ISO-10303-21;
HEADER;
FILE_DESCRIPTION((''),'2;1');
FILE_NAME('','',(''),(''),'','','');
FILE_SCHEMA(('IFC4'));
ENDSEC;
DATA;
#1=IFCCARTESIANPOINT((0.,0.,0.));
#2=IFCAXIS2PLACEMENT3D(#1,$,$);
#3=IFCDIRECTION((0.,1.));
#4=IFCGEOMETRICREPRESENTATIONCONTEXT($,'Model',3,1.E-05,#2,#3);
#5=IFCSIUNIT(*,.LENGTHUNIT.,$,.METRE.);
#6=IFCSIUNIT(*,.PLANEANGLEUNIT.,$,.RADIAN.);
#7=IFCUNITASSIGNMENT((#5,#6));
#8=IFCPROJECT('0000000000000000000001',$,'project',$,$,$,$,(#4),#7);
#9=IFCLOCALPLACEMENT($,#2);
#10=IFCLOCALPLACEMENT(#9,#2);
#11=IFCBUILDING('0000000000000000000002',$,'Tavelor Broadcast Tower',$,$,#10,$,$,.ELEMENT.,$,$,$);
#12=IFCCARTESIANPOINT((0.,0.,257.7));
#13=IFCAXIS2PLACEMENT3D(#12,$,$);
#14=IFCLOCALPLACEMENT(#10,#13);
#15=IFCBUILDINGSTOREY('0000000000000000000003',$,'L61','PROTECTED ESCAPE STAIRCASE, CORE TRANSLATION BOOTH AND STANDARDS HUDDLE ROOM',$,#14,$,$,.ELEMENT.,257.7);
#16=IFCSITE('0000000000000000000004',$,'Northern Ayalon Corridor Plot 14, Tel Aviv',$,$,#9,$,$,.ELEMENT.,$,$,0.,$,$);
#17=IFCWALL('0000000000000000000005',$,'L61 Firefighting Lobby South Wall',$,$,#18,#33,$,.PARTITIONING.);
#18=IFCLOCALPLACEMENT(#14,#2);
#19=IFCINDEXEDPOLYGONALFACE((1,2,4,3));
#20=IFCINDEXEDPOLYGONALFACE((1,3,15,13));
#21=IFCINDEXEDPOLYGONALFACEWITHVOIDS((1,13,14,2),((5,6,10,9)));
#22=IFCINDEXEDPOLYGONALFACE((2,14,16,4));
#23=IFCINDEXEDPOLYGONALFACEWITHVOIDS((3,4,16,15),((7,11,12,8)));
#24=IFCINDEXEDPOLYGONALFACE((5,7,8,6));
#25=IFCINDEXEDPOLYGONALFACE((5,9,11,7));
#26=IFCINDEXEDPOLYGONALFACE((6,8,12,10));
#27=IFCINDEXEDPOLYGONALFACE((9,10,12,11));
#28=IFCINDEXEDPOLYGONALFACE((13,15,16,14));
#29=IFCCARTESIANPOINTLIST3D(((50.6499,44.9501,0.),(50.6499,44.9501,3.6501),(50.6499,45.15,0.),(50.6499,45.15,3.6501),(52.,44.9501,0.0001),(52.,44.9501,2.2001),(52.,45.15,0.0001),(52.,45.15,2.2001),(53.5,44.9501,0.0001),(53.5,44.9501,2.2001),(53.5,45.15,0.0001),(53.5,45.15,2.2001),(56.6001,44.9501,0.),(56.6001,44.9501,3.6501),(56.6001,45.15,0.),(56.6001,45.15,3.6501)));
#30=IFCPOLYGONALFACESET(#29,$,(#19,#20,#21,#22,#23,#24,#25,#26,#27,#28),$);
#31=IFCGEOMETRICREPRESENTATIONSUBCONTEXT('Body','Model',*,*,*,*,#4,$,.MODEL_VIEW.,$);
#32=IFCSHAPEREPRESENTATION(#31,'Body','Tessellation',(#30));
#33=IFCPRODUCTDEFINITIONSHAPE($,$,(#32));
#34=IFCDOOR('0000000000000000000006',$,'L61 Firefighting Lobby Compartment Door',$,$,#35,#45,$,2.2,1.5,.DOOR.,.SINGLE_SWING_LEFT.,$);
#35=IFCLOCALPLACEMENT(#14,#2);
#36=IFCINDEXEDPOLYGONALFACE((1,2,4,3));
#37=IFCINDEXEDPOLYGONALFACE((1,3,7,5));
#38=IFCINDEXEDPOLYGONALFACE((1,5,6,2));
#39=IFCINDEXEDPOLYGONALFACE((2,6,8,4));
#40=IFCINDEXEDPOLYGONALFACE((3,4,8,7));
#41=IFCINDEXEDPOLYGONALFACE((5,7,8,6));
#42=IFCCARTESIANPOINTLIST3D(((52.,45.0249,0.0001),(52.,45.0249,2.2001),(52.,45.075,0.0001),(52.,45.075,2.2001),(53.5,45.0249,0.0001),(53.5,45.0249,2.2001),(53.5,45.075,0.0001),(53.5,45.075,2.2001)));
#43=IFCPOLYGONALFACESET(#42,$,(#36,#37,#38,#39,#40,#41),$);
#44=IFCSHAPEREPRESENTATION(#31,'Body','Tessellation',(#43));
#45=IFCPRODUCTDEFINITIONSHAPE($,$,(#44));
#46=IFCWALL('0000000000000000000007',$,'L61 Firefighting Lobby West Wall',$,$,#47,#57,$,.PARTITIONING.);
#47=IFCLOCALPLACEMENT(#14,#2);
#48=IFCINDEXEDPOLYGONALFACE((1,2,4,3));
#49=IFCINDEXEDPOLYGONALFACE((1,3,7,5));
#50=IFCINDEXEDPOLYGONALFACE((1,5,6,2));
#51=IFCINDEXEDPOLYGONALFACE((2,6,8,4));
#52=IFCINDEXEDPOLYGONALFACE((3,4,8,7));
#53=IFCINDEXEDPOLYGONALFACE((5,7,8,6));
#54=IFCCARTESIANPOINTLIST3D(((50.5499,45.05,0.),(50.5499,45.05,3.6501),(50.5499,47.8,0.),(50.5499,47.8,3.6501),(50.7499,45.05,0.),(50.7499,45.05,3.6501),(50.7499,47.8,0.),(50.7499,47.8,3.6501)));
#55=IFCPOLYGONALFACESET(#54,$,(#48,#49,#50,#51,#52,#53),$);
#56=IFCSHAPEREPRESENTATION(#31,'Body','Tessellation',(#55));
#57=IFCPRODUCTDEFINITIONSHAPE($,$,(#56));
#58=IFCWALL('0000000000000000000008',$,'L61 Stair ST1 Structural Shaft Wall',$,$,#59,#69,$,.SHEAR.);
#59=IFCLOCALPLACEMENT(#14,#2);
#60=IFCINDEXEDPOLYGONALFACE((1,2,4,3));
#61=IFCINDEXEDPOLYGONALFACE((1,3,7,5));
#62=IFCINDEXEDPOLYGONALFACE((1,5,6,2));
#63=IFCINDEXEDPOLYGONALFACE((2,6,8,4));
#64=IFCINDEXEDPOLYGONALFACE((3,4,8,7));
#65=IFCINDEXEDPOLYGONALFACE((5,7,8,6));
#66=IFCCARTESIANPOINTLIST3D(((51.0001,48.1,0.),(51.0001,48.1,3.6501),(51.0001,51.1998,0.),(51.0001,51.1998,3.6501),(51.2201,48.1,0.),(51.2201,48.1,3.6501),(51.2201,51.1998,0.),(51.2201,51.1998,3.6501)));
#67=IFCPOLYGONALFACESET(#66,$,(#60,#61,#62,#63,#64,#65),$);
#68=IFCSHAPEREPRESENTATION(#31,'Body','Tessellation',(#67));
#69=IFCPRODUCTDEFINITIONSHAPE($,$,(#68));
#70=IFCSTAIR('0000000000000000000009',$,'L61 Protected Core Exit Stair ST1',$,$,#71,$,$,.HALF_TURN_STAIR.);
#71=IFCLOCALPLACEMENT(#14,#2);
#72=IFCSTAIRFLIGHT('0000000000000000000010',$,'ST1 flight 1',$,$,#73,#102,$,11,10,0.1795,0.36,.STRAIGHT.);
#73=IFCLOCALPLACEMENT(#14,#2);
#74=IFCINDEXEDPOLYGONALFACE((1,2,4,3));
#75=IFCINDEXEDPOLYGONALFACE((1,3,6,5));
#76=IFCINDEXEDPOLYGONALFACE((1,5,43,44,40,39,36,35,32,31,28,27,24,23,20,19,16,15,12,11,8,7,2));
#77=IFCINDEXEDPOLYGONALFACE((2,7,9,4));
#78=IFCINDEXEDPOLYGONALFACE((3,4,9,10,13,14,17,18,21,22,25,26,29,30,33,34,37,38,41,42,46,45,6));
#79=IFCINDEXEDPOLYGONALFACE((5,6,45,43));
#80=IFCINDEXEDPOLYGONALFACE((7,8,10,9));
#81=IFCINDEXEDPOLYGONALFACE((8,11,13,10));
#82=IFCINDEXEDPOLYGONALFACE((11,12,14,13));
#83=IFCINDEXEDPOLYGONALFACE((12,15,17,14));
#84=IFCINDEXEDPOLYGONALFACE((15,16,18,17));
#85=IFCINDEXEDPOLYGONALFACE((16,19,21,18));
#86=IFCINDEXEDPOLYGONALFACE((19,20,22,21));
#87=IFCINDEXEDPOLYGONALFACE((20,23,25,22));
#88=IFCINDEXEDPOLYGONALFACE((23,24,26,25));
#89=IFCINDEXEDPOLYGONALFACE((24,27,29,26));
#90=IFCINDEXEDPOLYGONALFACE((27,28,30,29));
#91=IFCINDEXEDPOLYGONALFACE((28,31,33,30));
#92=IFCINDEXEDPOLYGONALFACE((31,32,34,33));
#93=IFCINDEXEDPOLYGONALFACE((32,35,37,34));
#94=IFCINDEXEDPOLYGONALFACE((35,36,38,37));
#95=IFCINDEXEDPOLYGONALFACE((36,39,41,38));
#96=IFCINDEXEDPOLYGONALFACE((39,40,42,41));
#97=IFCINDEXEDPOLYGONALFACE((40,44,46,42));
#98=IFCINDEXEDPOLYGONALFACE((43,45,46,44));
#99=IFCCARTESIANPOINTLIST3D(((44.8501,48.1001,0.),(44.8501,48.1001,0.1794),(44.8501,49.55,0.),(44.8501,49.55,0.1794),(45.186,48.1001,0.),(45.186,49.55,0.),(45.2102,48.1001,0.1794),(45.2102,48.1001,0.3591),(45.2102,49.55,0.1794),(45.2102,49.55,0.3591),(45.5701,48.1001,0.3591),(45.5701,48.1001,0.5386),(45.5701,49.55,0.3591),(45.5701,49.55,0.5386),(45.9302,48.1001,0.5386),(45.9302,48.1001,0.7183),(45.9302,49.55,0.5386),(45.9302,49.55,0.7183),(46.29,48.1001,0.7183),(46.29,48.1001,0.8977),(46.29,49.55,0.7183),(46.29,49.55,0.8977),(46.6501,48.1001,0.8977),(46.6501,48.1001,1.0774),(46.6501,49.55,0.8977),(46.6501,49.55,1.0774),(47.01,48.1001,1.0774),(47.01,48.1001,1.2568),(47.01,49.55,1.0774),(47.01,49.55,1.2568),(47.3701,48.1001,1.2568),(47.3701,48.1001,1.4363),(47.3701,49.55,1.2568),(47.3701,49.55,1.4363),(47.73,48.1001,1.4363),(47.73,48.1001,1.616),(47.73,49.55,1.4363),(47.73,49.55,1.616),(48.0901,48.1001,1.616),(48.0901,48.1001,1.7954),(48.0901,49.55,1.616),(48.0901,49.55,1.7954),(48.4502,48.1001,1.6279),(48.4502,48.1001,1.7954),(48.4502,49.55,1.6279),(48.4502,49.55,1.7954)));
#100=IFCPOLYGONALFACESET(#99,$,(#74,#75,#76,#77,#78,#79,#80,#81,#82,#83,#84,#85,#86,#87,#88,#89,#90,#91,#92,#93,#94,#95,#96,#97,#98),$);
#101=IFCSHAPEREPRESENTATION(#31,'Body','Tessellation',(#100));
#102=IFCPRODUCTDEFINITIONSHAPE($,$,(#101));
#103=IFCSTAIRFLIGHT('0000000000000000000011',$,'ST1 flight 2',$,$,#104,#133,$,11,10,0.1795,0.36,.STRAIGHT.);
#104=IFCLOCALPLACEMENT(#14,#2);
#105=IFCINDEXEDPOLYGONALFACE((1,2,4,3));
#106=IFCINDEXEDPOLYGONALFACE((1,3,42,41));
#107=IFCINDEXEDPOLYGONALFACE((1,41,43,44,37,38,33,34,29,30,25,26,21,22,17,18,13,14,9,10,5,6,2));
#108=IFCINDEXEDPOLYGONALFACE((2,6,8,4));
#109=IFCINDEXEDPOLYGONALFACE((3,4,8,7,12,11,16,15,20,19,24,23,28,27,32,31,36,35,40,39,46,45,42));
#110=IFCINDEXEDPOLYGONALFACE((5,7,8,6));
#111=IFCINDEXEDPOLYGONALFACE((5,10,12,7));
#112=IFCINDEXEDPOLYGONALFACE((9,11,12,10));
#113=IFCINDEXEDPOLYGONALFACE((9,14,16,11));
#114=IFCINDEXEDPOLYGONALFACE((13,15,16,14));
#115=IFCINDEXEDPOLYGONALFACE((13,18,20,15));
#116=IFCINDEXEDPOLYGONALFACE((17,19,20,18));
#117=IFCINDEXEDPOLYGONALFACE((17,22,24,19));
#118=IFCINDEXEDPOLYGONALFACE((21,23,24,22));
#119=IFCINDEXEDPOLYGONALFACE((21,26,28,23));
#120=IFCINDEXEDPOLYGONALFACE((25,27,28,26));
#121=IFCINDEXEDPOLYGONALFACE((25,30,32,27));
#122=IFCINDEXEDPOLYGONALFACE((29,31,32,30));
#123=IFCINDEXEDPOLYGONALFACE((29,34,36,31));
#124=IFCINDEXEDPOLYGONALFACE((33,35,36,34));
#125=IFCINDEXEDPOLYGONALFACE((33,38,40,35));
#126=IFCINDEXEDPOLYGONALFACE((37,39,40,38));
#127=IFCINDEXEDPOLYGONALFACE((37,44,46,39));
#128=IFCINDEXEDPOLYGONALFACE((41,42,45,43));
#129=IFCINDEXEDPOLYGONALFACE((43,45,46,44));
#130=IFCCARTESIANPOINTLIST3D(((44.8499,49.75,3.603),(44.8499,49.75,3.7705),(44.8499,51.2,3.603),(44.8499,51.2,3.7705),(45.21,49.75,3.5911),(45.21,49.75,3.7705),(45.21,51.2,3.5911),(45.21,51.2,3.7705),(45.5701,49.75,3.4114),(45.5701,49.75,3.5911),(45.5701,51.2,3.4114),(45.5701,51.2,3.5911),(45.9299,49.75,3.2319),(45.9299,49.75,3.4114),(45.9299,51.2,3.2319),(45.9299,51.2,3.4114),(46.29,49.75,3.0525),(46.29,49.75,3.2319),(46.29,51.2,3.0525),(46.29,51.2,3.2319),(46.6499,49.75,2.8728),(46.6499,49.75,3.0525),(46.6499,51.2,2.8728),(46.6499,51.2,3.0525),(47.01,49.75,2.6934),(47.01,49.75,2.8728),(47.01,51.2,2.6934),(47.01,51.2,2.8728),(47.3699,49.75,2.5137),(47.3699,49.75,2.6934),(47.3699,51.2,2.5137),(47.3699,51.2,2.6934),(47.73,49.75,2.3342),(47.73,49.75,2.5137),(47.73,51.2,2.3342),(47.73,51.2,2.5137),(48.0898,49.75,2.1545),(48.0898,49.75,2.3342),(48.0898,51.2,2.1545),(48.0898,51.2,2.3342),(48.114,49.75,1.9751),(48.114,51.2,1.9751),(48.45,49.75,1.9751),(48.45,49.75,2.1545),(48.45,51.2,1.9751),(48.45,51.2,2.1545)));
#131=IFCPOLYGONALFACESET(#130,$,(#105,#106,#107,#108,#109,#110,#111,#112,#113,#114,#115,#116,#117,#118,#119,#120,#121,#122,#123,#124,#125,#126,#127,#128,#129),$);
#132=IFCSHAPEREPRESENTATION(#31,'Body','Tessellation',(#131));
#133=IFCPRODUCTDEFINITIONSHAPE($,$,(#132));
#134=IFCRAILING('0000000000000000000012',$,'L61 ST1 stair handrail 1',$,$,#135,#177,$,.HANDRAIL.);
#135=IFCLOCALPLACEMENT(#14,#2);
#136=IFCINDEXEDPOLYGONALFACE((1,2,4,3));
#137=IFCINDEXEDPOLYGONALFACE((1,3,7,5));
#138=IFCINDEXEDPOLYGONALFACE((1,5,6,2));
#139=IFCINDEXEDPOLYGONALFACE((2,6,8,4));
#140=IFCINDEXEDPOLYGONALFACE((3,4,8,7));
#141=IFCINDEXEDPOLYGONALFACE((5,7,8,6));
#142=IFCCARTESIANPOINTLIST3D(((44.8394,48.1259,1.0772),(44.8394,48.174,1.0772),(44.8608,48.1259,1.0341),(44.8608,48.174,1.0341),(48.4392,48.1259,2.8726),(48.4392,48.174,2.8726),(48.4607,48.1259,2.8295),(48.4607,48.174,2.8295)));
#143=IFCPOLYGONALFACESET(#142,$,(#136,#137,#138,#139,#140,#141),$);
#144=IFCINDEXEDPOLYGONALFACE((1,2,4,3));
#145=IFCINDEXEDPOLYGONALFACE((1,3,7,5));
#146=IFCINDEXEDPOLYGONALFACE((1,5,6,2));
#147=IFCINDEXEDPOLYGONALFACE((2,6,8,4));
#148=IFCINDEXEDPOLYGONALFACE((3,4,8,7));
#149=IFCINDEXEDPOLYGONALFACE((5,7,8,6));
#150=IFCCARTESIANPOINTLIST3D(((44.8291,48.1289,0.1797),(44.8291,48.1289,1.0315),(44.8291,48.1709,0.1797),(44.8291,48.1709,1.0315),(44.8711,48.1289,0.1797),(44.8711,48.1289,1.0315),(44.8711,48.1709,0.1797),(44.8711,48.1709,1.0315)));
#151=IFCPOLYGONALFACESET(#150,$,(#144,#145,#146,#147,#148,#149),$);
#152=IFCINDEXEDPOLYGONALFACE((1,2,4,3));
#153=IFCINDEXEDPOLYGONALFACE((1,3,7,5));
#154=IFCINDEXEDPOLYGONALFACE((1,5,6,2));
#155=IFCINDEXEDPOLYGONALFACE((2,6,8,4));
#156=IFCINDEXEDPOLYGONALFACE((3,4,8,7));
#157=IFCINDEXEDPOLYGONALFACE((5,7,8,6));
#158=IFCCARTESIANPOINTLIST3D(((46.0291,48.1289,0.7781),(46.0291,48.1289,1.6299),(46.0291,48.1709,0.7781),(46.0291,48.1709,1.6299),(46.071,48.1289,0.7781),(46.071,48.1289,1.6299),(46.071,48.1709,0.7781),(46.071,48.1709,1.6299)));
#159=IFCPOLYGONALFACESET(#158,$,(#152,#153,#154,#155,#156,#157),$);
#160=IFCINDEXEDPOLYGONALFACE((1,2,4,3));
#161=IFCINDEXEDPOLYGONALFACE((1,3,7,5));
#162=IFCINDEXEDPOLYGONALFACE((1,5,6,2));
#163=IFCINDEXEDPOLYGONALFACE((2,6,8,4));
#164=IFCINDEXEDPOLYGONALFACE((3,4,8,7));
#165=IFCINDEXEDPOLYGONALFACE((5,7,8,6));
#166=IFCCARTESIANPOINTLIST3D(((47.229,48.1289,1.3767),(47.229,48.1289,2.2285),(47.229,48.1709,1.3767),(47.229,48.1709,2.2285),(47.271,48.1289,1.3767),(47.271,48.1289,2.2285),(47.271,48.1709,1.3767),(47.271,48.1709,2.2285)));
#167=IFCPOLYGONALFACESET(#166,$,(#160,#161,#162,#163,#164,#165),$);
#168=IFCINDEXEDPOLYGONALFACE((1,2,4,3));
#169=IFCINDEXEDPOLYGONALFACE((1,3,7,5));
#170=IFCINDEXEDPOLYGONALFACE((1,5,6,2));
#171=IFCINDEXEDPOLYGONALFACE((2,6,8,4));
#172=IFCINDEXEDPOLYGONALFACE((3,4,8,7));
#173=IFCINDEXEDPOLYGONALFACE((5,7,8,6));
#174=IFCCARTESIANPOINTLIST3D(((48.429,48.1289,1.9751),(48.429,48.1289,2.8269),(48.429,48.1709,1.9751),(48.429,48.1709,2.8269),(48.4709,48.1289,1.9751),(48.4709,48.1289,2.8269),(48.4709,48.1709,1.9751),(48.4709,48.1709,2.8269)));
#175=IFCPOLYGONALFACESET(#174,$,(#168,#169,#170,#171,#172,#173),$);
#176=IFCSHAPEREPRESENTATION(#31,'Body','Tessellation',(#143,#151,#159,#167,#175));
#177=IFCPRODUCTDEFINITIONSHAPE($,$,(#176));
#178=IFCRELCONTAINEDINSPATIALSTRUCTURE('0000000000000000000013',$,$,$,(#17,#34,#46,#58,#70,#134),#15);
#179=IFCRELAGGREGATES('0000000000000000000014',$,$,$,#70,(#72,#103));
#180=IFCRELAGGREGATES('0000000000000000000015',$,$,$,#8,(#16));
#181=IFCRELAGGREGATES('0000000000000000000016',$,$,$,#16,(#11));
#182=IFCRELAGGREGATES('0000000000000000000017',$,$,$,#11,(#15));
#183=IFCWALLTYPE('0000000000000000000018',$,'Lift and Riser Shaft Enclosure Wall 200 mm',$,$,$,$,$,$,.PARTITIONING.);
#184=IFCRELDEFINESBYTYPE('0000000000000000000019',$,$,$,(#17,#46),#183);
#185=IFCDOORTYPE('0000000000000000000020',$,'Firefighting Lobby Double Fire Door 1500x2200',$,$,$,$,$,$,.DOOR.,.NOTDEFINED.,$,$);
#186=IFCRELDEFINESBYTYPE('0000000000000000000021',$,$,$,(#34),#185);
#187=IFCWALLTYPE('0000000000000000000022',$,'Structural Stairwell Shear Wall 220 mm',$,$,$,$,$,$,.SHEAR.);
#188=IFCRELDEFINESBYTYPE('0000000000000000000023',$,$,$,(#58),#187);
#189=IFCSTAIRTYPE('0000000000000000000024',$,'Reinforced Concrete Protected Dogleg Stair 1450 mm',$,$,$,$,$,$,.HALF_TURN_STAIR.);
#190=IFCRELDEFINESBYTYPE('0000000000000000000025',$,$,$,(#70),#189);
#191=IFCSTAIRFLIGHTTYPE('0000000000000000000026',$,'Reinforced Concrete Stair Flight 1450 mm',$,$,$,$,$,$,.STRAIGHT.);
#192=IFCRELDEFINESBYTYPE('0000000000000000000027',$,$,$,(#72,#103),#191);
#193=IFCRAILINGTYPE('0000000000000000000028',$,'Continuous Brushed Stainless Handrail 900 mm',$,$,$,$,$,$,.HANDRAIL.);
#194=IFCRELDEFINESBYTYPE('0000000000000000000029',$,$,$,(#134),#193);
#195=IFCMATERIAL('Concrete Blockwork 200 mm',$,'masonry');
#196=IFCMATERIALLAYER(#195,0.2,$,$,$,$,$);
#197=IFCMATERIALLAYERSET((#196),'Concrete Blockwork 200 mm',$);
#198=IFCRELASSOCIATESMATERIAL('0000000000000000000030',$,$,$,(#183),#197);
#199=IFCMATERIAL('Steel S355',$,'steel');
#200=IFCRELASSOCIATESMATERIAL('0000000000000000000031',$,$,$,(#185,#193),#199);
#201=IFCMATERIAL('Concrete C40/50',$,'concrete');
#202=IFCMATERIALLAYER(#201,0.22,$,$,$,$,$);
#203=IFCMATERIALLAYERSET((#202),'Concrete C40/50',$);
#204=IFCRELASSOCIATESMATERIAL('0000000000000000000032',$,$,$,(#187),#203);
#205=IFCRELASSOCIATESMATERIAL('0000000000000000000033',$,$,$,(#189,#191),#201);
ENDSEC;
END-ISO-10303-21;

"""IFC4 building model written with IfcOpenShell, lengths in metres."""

from ifc_helpers import new_model, si_unit, direction, frame, frame_2d, origin, origin_2d, place, context, subcontext, project, spatial, polyline, rectangle, outline, extrude, material, layer, layer_set, type_object, element, fill, aggregate, save


model = new_model("IFC4")

# Units and contexts
model_context = context("Model", 3, precision=1e-05, world=origin(), true_north=direction((0.0, 1.0)))
body_context = subcontext(model_context, "Body", "Model", "MODEL_VIEW")
ifc_project = project(units=[si_unit("LENGTHUNIT", "METRE"), si_unit("PLANEANGLEUNIT", "RADIAN")], contexts=[model_context])

# Site, building, storey
site_placement = place(None, origin())
site = spatial("IfcSite", under=ifc_project, at=site_placement, Name="Northern Ayalon Corridor Plot 14, Tel Aviv", CompositionType="ELEMENT", RefElevation=0.0)
building_placement = place(site_placement, origin())
building = spatial("IfcBuilding", under=site, at=building_placement, Name="Tavelor Broadcast Tower", CompositionType="ELEMENT")
storey_placement = place(building_placement, frame((0.0, 0.0, 257.7)))
storey = spatial("IfcBuildingStorey", under=building, at=storey_placement, Name="L61", Description="PROTECTED ESCAPE STAIRCASE, CORE TRANSLATION BOOTH AND STANDARDS HUDDLE ROOM", CompositionType="ELEMENT", Elevation=257.7)

# Shared definitions
ifc_material_1 = material(Name="Concrete C40/50", Category="concrete")
ifc_material_2 = material(Name="Steel S355", Category="steel")

# Shared definitions
ifc_material_3 = material(Name="Concrete Blockwork 200 mm", Category="masonry")
ifc_layer_1 = layer(ifc_material_3, 0.2)
ifc_layer_set_1 = layer_set([ifc_layer_1], Name="Concrete Blockwork 200 mm")
wall_type_1 = type_object("IfcWallType", Name="Lift and Riser Shaft Enclosure Wall 200 mm", PredefinedType="PARTITIONING", material=ifc_layer_set_1)

# Wall, opening, door
wall_1_placement = place(storey_placement, frame((50.6499, 45.05, 0.0), z_axis=(0.0, 0.0, 1.0), x_axis=(1.0, 0.0, 0.0)))
wall_1 = element("IfcWall", 1, at=wall_1_placement, inside=storey, type_object=wall_type_1, Name="L61 Firefighting Lobby South Wall", PredefinedType="PARTITIONING", context=body_context, shape_type="SweptSolid", body=[
    extrude(rectangle(XDim=5.9502, YDim=0.2, at=frame_2d((2.9751, 0.0))), origin(), (0.0, 0.0, 1.0), 3.6501),
])
opening_placement = place(wall_1_placement, frame((1.3501, 0.0, 0.0)))
opening = element("IfcOpeningElement", 2, at=opening_placement, cuts=wall_1, PredefinedType="OPENING", context=body_context, shape_type="SweptSolid", body=[
    extrude(rectangle(XDim=1.5, YDim=2.2, at=frame_2d((0.75, 1.1001))), frame((0.0, 0.1099, 0.0), z_axis=(0.0, -1.0, 0.0), x_axis=(1.0, 0.0, 0.0)), (0.0, 0.0, 1.0), 0.22),
])
door_type = type_object("IfcDoorType", Name="Firefighting Lobby Double Fire Door 1500x2200", OperationType="NOTDEFINED", PredefinedType="DOOR", material=ifc_material_2)
door_placement = place(opening_placement, origin())
door = element("IfcDoor", 3, at=door_placement, inside=storey, type_object=door_type, Name="L61 Firefighting Lobby Compartment Door", OperationType="SINGLE_SWING_LEFT", OverallHeight=2.2, OverallWidth=1.5, PredefinedType="DOOR", context=body_context, shape_type="SweptSolid", body=[
    extrude(rectangle(XDim=1.5, YDim=2.2, at=frame_2d((0.75, 1.1001))), frame((0.0, 0.0249, 0.0), z_axis=(0.0, -1.0, 0.0), x_axis=(1.0, 0.0, 0.0)), (0.0, 0.0, 1.0), 0.05),
])
fill(opening, door)

# Walls
wall_2_placement = place(storey_placement, frame((50.6499, 45.05, 0.0), z_axis=(0.0, 0.0, 1.0), x_axis=(0.0, 1.0, 0.0)))
element("IfcWall", 4, at=wall_2_placement, inside=storey, type_object=wall_type_1, Name="L61 Firefighting Lobby West Wall", PredefinedType="PARTITIONING", context=body_context, shape_type="SweptSolid", body=[
    extrude(rectangle(XDim=2.75, YDim=0.2, at=frame_2d((1.375, 0.0))), origin(), (0.0, 0.0, 1.0), 3.6501),
])
ifc_layer_2 = layer(ifc_material_1, 0.22)
ifc_layer_set_2 = layer_set([ifc_layer_2], Name="Concrete C40/50")
wall_type_2 = type_object("IfcWallType", Name="Structural Stairwell Shear Wall 220 mm", PredefinedType="SHEAR", material=ifc_layer_set_2)
wall_3_placement = place(storey_placement, frame((51.1101, 48.1001, 0.0), z_axis=(0.0, 0.0, 1.0), x_axis=(0.0, 1.0, 0.0)))
element("IfcWall", 5, at=wall_3_placement, inside=storey, type_object=wall_type_2, Name="L61 Stair ST1 Structural Shaft Wall", PredefinedType="SHEAR", context=body_context, shape_type="SweptSolid", body=[
    extrude(rectangle(XDim=3.0999, YDim=0.22, at=frame_2d((1.5498, 0.0))), origin(), (0.0, 0.0, 1.0), 3.6501),
])

# Stair, stair flights
stair_type = type_object("IfcStairType", Name="Reinforced Concrete Protected Dogleg Stair 1450 mm", PredefinedType="HALF_TURN_STAIR", material=ifc_material_1)
stair_placement = place(storey_placement, origin())
stair = element("IfcStair", 6, at=stair_placement, inside=storey, type_object=stair_type, Name="L61 Protected Core Exit Stair ST1", PredefinedType="HALF_TURN_STAIR")
stair_flight_type = type_object("IfcStairFlightType", Name="Reinforced Concrete Stair Flight 1450 mm", PredefinedType="STRAIGHT", material=ifc_material_1)
stair_flight_1_placement = place(storey_placement, frame((44.8501, 48.825, 0.0), z_axis=(0.0, 0.0, 1.0), x_axis=(1.0, 0.0, 0.0)))
stair_flight_1 = element("IfcStairFlight", 7, at=stair_flight_1_placement, type_object=stair_flight_type, Name="ST1 flight 1", NumberOfRisers=11, NumberOfTreads=10, PredefinedType="STRAIGHT", RiserHeight=0.1795, TreadLength=0.36, context=body_context, shape_type="SweptSolid", body=[
    extrude(outline(polyline([(0.0, 0.0), (0.0, 0.1794), (0.3601, 0.1794), (0.3601, 0.3591), (0.72, 0.3591), (0.72, 0.5386), (1.0801, 0.5386), (1.0801, 0.7183), (1.4399, 0.7183), (1.4399, 0.8977), (1.8, 0.8977), (1.8, 1.0774), (2.1599, 1.0774), (2.1599, 1.2568), (2.52, 1.2568), (2.52, 1.4363), (2.8799, 1.4363), (2.8799, 1.616), (3.24, 1.616), (3.24, 1.7954), (3.6001, 1.7954), (3.6001, 1.9751), (3.6001, 1.6279), (0.3359, 0.0), (0.0, 0.0)])), frame((0.0, 0.7251, 0.0), z_axis=(0.0, -1.0, 0.0), x_axis=(1.0, 0.0, 0.0)), (0.0, 0.0, 1.0), 1.45),
])
stair_flight_2_placement = place(storey_placement, frame((48.45, 50.4751, 1.9751), z_axis=(0.0, 0.0, 1.0), x_axis=(-1.0, 0.0, 0.0)))
stair_flight_2 = element("IfcStairFlight", 8, at=stair_flight_2_placement, type_object=stair_flight_type, Name="ST1 flight 2", NumberOfRisers=11, NumberOfTreads=10, PredefinedType="STRAIGHT", RiserHeight=0.1795, TreadLength=0.36, context=body_context, shape_type="SweptSolid", body=[
    extrude(outline(polyline([(0.0, 0.0), (0.0, 0.1794), (0.3601, 0.1794), (0.3601, 0.3591), (0.72, 0.3591), (0.72, 0.5386), (1.0801, 0.5386), (1.0801, 0.7183), (1.4399, 0.7183), (1.4399, 0.8977), (1.8, 0.8977), (1.8, 1.0774), (2.1599, 1.0774), (2.1599, 1.2568), (2.52, 1.2568), (2.52, 1.4363), (2.8799, 1.4363), (2.8799, 1.616), (3.24, 1.616), (3.24, 1.7954), (3.6001, 1.7954), (3.6001, 1.9751), (3.6001, 1.6279), (0.3359, 0.0), (0.0, 0.0)])), frame((0.0, 0.7251, 0.0), z_axis=(0.0, -1.0, 0.0), x_axis=(1.0, 0.0, 0.0)), (0.0, 0.0, 1.0), 1.45),
])
aggregate(stair, [stair_flight_1, stair_flight_2])

# Railing
railing_type_1 = type_object("IfcRailingType", Name="Continuous Brushed Stainless Handrail 900 mm", PredefinedType="HANDRAIL", material=ifc_material_2)
railing_1_placement = place(storey_placement, frame((44.8501, 48.1499, 0.1797)))
element("IfcRailing", 9, at=railing_1_placement, inside=storey, type_object=railing_type_1, Name="L61 ST1 stair handrail 1", PredefinedType="HANDRAIL", context=body_context, shape_type="SweptSolid", body=[
    extrude(rectangle(XDim=0.0481, YDim=0.0481, at=origin_2d()), frame((0.0, 0.0, 0.876), z_axis=(0.894876, 0.0, 0.446315), x_axis=(0.0, 1.0, 0.0)), (0.0, 0.0, 1.0), 4.0227),
    extrude(rectangle(XDim=0.042, YDim=0.042, at=origin_2d()), origin(), (0.0, 0.0, 1.0), 0.8518),
    extrude(rectangle(XDim=0.042, YDim=0.042, at=origin_2d()), frame((1.2, 0.0, 0.5984)), (0.0, 0.0, 1.0), 0.8518),
    extrude(rectangle(XDim=0.042, YDim=0.042, at=origin_2d()), frame((2.3999, 0.0, 1.197)), (0.0, 0.0, 1.0), 0.8518),
    extrude(rectangle(XDim=0.042, YDim=0.042, at=origin_2d()), frame((3.5999, 0.0, 1.7954)), (0.0, 0.0, 1.0), 0.8518),
])

save(model, "model.ifc")
